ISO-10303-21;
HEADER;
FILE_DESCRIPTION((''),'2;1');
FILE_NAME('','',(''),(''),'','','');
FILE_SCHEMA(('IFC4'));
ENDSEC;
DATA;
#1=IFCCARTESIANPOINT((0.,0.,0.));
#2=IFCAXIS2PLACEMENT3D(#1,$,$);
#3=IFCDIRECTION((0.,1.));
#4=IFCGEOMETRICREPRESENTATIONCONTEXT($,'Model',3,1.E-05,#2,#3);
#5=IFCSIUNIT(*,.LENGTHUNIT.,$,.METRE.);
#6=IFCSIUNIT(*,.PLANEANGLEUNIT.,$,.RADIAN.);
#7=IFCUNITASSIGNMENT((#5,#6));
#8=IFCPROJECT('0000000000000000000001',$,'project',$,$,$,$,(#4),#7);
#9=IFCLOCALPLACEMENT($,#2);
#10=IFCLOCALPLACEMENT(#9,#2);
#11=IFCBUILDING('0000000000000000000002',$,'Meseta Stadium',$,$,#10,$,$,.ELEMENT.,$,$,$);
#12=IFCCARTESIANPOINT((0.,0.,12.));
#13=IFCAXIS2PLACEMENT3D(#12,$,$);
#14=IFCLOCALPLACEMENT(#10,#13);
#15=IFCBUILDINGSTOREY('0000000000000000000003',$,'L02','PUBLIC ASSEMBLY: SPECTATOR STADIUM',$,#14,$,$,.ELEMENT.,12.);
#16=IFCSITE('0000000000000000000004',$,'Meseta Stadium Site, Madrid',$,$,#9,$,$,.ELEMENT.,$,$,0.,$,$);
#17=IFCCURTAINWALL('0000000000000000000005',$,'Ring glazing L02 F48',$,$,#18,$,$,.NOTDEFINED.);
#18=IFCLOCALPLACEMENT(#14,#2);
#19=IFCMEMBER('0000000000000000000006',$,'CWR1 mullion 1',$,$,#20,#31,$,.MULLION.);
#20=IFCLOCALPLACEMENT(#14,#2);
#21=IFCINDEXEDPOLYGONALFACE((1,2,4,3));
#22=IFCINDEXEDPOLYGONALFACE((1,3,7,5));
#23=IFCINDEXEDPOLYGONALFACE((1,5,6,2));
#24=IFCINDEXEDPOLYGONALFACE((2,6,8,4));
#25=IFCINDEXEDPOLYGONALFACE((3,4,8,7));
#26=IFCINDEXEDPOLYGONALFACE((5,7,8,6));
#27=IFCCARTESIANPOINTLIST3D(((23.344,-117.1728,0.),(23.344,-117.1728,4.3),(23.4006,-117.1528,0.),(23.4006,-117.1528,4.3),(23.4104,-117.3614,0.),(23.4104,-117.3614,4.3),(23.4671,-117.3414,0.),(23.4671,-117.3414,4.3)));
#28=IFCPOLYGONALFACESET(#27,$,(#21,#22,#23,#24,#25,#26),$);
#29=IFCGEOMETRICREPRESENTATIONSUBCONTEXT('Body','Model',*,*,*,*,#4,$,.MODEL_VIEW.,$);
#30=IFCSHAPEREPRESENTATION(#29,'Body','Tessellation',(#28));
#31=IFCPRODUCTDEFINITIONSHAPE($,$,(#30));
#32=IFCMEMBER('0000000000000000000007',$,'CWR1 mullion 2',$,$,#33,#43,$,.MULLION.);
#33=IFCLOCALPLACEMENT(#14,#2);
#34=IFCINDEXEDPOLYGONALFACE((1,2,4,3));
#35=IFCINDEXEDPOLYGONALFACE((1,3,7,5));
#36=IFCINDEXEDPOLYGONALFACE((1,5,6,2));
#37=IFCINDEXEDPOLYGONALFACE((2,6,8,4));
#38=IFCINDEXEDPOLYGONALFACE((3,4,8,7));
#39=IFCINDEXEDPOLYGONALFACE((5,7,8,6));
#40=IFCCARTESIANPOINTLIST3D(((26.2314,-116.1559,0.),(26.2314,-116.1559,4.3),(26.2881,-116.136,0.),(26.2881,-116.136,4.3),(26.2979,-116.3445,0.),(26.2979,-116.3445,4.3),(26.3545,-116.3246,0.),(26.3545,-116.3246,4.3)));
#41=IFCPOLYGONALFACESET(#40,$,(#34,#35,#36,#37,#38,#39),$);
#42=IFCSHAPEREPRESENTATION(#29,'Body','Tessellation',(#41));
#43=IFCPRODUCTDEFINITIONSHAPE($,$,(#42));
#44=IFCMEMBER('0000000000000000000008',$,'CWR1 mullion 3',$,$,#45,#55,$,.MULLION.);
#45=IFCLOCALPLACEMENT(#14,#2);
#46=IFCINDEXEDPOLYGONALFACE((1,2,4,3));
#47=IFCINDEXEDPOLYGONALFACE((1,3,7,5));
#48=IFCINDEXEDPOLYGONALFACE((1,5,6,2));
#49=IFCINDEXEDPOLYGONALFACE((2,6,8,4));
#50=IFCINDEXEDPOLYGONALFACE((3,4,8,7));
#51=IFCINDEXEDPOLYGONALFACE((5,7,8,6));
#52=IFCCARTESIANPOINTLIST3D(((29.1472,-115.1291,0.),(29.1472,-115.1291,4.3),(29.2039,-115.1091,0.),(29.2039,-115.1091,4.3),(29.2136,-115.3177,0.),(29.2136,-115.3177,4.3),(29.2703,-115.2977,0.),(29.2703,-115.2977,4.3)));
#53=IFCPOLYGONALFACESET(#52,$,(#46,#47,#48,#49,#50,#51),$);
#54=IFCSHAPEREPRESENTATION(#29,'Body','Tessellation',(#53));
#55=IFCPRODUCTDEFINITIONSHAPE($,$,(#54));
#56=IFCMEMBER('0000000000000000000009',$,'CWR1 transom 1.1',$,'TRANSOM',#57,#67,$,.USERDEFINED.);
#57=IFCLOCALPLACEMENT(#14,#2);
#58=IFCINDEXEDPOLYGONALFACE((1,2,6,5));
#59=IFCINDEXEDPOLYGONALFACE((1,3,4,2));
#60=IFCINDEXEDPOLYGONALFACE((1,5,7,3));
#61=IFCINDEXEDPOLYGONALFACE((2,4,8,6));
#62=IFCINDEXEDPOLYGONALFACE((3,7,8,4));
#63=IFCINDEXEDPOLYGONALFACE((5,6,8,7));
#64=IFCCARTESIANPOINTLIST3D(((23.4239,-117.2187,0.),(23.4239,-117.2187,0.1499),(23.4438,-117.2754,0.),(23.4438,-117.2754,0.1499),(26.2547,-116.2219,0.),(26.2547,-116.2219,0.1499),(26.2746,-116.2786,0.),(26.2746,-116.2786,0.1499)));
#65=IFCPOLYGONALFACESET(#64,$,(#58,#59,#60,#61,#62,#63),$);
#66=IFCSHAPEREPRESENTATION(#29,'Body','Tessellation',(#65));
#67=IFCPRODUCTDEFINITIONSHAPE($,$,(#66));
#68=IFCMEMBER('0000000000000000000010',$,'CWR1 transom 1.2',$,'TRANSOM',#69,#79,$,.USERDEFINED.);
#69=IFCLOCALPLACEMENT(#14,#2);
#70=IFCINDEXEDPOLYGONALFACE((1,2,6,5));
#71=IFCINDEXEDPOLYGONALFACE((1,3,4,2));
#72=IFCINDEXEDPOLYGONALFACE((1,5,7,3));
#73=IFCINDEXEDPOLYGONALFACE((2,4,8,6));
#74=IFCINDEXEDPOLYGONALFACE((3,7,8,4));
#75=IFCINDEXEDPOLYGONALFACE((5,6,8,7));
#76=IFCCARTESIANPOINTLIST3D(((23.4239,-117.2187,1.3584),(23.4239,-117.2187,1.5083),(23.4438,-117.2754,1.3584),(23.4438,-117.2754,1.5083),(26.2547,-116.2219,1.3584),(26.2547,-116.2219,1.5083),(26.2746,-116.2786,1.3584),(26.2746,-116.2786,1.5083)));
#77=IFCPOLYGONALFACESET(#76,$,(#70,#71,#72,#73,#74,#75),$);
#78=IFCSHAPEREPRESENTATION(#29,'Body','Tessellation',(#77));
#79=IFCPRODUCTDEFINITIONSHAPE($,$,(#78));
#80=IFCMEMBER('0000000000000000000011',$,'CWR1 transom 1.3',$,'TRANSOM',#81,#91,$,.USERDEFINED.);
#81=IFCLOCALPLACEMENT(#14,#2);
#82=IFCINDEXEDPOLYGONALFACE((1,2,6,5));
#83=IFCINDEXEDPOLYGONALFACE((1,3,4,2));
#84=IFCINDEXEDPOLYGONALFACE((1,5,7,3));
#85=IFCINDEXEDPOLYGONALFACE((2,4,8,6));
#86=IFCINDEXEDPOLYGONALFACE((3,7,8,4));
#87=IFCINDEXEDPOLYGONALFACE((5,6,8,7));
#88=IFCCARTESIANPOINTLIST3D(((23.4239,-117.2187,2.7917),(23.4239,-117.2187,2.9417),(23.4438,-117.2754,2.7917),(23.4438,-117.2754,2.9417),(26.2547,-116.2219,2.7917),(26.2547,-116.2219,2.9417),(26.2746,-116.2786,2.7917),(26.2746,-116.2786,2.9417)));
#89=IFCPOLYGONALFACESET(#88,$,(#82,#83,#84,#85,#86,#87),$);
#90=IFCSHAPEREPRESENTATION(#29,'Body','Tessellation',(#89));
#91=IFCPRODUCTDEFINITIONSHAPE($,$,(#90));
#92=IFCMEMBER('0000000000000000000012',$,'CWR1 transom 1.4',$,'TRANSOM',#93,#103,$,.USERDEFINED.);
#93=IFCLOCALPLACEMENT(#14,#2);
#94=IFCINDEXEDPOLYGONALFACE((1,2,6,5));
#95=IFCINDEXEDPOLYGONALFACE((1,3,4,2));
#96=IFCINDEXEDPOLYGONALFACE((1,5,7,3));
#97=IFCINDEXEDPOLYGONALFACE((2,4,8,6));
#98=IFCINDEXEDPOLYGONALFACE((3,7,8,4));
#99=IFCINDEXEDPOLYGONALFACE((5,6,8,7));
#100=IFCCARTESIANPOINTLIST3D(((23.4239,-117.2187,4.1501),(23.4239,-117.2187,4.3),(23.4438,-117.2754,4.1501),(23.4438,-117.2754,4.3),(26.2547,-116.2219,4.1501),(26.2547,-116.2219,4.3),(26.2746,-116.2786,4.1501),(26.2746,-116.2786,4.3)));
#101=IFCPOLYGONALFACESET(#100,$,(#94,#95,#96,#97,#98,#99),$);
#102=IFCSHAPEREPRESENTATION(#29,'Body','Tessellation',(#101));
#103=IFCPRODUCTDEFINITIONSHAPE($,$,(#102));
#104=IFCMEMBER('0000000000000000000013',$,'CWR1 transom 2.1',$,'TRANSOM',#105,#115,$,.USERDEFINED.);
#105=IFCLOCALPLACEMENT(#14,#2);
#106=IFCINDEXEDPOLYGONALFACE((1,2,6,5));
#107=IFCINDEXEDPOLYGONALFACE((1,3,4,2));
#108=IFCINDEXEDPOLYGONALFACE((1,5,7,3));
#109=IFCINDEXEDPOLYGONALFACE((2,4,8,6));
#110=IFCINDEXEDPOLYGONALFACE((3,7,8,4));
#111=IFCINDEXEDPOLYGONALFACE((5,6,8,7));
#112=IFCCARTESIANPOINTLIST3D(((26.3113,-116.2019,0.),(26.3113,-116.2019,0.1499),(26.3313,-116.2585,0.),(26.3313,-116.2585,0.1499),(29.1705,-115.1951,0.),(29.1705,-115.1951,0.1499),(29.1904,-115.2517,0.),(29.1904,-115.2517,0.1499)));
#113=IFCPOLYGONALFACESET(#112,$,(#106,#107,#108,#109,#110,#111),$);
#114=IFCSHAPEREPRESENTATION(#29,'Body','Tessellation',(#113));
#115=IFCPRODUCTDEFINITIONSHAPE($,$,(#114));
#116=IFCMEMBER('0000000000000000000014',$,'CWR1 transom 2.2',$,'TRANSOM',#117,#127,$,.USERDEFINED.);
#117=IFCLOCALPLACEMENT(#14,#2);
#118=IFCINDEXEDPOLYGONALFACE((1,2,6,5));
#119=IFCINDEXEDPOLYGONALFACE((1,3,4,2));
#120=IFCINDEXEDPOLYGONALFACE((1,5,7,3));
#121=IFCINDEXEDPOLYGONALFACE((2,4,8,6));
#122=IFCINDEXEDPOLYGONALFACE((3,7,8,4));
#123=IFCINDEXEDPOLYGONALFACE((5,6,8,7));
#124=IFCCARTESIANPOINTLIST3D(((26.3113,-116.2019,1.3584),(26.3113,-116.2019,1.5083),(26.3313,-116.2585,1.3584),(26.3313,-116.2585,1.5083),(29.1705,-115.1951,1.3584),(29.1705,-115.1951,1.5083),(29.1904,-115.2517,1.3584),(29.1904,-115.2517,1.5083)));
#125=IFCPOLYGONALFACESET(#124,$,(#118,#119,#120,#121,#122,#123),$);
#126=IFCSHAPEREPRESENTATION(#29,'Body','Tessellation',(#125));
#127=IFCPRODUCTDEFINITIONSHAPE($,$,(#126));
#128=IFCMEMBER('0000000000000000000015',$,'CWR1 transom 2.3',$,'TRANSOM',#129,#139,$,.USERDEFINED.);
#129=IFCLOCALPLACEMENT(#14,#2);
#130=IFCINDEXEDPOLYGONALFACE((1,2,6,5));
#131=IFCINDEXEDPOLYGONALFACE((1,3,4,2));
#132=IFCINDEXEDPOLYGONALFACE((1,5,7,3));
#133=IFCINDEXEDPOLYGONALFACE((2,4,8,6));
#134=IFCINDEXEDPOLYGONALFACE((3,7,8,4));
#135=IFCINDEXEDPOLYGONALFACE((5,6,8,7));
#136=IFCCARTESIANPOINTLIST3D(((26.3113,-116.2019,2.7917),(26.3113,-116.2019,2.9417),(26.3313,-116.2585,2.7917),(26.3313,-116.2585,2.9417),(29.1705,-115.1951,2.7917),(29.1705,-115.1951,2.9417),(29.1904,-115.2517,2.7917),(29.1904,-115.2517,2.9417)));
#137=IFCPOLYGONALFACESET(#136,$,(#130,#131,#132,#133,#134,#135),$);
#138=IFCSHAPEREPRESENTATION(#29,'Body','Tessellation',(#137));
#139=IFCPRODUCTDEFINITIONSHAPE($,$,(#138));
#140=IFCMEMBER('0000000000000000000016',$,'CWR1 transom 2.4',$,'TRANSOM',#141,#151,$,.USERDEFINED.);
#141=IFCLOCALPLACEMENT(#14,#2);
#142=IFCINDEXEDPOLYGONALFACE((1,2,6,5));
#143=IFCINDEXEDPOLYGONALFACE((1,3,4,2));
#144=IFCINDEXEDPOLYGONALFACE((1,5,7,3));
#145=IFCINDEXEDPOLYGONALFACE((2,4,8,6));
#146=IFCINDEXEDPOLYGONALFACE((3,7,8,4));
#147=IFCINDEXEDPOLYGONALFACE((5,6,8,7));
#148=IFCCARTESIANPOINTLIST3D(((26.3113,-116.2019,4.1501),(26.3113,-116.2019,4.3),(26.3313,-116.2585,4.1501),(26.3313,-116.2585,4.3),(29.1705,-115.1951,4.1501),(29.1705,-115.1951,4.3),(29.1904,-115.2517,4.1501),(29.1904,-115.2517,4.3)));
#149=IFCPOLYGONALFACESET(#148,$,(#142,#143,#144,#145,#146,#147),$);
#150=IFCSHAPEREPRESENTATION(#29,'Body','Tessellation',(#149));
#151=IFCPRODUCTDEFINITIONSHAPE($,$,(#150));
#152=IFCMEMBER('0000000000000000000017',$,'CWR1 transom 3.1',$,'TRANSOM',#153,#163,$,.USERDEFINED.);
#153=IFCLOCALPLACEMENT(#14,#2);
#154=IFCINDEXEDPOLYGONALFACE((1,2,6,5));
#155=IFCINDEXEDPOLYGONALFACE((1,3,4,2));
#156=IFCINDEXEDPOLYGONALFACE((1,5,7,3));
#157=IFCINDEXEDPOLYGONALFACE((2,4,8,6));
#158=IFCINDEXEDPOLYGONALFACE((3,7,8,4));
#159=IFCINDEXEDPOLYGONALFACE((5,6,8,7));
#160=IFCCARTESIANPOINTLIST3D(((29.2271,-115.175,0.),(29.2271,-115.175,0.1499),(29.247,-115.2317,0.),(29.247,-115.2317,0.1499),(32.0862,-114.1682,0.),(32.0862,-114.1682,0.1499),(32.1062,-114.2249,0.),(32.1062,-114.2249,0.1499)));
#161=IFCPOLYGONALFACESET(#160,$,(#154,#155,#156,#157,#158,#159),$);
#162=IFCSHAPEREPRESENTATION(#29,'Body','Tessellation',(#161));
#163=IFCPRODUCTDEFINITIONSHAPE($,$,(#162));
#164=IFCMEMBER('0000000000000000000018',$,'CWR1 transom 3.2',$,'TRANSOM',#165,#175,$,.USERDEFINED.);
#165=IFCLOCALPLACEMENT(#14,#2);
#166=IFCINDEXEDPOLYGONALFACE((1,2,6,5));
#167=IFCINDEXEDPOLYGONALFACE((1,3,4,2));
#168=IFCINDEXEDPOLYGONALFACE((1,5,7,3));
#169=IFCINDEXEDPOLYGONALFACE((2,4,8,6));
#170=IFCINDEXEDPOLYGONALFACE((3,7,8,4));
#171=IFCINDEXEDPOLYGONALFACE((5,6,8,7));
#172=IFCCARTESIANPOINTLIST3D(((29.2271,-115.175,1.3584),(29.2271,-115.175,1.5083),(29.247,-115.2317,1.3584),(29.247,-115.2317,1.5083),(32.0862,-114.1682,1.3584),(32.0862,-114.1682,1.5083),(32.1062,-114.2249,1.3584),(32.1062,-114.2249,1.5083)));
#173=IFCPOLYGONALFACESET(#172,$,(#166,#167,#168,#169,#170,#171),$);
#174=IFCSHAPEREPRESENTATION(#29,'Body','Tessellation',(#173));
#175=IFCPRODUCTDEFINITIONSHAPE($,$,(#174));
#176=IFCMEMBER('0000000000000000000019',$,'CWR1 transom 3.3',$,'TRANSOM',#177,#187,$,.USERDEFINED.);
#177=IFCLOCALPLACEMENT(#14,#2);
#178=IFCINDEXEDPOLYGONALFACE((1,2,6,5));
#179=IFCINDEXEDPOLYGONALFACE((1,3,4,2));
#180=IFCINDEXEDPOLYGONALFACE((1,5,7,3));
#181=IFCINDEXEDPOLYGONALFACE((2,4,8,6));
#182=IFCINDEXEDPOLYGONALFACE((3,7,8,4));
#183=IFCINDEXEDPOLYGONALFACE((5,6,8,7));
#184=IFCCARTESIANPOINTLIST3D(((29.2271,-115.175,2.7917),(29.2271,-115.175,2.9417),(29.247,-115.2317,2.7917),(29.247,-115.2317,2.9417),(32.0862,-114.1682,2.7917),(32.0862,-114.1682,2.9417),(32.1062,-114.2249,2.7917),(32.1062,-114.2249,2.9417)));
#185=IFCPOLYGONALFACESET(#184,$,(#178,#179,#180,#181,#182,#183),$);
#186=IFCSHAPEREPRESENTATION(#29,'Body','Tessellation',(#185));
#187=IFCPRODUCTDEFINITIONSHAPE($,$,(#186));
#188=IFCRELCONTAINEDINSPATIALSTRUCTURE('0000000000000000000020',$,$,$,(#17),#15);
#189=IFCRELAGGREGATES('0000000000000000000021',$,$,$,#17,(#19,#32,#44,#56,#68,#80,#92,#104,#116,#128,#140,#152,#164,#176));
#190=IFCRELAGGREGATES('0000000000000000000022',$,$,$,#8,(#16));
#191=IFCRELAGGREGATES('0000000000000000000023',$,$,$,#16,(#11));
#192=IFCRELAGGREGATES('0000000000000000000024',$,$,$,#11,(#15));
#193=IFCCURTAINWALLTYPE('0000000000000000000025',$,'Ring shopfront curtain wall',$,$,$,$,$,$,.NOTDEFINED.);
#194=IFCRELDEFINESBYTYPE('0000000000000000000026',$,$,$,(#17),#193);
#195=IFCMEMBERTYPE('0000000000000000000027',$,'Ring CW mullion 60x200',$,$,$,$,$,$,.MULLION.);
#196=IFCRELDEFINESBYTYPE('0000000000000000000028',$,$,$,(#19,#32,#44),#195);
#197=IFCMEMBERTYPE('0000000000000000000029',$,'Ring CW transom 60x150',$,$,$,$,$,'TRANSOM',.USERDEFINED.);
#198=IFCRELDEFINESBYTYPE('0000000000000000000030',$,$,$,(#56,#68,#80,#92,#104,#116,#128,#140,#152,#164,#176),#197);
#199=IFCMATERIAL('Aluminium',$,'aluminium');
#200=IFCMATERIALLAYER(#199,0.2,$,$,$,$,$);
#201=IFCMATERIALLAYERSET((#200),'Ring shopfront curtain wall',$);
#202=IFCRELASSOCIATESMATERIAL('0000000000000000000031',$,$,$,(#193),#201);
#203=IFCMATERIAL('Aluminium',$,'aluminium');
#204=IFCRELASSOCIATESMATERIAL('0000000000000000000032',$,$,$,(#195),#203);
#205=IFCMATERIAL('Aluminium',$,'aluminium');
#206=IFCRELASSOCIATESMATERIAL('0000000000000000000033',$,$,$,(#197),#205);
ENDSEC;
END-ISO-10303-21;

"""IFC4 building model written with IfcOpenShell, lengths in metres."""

from ifc_helpers import new_model, si_unit, direction, frame, origin, origin_2d, place, context, subcontext, project, spatial, rectangle, extrude, material, layer, layer_set, material_profile, profile_set, type_object, element, aggregate, save


model = new_model("IFC4")

# Units and contexts
model_context = context("Model", 3, precision=1e-05, world=origin(), true_north=direction((0.0, 1.0)))
body_context = subcontext(model_context, "Body", "Model", "MODEL_VIEW")
ifc_project = project(units=[si_unit("LENGTHUNIT", "METRE"), si_unit("PLANEANGLEUNIT", "RADIAN")], contexts=[model_context])

# Site, building, storey
site_placement = place(None, origin())
site = spatial("IfcSite", under=ifc_project, at=site_placement, Name="Meseta Stadium Site, Madrid", CompositionType="ELEMENT", RefElevation=0.0)
building_placement = place(site_placement, origin())
building = spatial("IfcBuilding", under=site, at=building_placement, Name="Meseta Stadium", CompositionType="ELEMENT")
storey_placement = place(building_placement, frame((0.0, 0.0, 12.0)))
storey = spatial("IfcBuildingStorey", under=building, at=storey_placement, Name="L02", Description="PUBLIC ASSEMBLY: SPECTATOR STADIUM", CompositionType="ELEMENT", Elevation=12.0)

# Curtain wall, members
ifc_material_1 = material(Name="Aluminium", Category="aluminium")
ifc_layer_1 = layer(ifc_material_1, 0.2)
ifc_layer_set_1 = layer_set([ifc_layer_1], Name="Ring shopfront curtain wall")
curtain_wall_type = type_object("IfcCurtainWallType", Name="Ring shopfront curtain wall", PredefinedType="NOTDEFINED", material=ifc_layer_set_1)
curtain_wall_placement = place(storey_placement, origin())
curtain_wall = element("IfcCurtainWall", 1, at=curtain_wall_placement, inside=storey, type_object=curtain_wall_type, Name="Ring glazing L02 F48", PredefinedType="NOTDEFINED")
ifc_material_2 = material(Name="Aluminium", Category="aluminium")
ifc_material_profile_1 = material_profile(ifc_material_2, rectangle(XDim=0.2, YDim=0.0601, at=origin_2d()), Name="CW 200x60")
ifc_profile_set_1 = profile_set([ifc_material_profile_1], Name="Aluminium")
member_type_1 = type_object("IfcMemberType", Name="Ring CW mullion 60x200", PredefinedType="MULLION", material=ifc_profile_set_1)
member_1_placement = place(storey_placement, frame((23.4055, -117.2571, 0.0), z_axis=(0.0, 0.0, 1.0), x_axis=(-0.332174, 0.943218, 0.0)))
member_1 = element("IfcMember", 2, at=member_1_placement, type_object=member_type_1, Name="CWR1 mullion 1", PredefinedType="MULLION", context=body_context, shape_type="SweptSolid", body=[
    extrude(rectangle(XDim=0.2, YDim=0.0601, at=origin_2d()), origin(), (0.0, 0.0, 1.0), 4.3),
])
member_2_placement = place(storey_placement, frame((26.293, -116.2402, 0.0), z_axis=(0.0, 0.0, 1.0), x_axis=(-0.332174, 0.943218, 0.0)))
member_2 = element("IfcMember", 3, at=member_2_placement, type_object=member_type_1, Name="CWR1 mullion 2", PredefinedType="MULLION", context=body_context, shape_type="SweptSolid", body=[
    extrude(rectangle(XDim=0.2, YDim=0.0601, at=origin_2d()), origin(), (0.0, 0.0, 1.0), 4.3),
])
member_3_placement = place(storey_placement, frame((29.2087, -115.2134, 0.0), z_axis=(0.0, 0.0, 1.0), x_axis=(-0.332174, 0.943218, 0.0)))
member_3 = element("IfcMember", 4, at=member_3_placement, type_object=member_type_1, Name="CWR1 mullion 3", PredefinedType="MULLION", context=body_context, shape_type="SweptSolid", body=[
    extrude(rectangle(XDim=0.2, YDim=0.0601, at=origin_2d()), origin(), (0.0, 0.0, 1.0), 4.3),
])
ifc_material_3 = material(Name="Aluminium", Category="aluminium")
ifc_material_profile_2 = material_profile(ifc_material_3, rectangle(XDim=0.0601, YDim=0.1499, at=origin_2d()), Name="CW 60x150")
ifc_profile_set_2 = profile_set([ifc_material_profile_2], Name="Aluminium")
member_type_2 = type_object("IfcMemberType", Name="Ring CW transom 60x150", ElementType="TRANSOM", PredefinedType="USERDEFINED", material=ifc_profile_set_2)
member_4_placement = place(storey_placement, frame((23.4338, -117.2471, 0.075), z_axis=(0.943229, 0.332143, 0.0), x_axis=(-0.332143, 0.943229, 0.0)))
member_4 = element("IfcMember", 5, at=member_4_placement, type_object=member_type_2, Name="CWR1 transom 1.1", ObjectType="TRANSOM", PredefinedType="USERDEFINED", context=body_context, shape_type="SweptSolid", body=[
    extrude(rectangle(XDim=0.0601, YDim=0.1499, at=origin_2d()), origin(), (0.0, 0.0, 1.0), 3.0012),
])
member_5_placement = place(storey_placement, frame((23.4338, -117.2471, 1.4333), z_axis=(0.943229, 0.332143, 0.0), x_axis=(-0.332143, 0.943229, 0.0)))
member_5 = element("IfcMember", 6, at=member_5_placement, type_object=member_type_2, Name="CWR1 transom 1.2", ObjectType="TRANSOM", PredefinedType="USERDEFINED", context=body_context, shape_type="SweptSolid", body=[
    extrude(rectangle(XDim=0.0601, YDim=0.1499, at=origin_2d()), origin(), (0.0, 0.0, 1.0), 3.0012),
])
member_6_placement = place(storey_placement, frame((23.4338, -117.2471, 2.8667), z_axis=(0.943229, 0.332143, 0.0), x_axis=(-0.332143, 0.943229, 0.0)))
member_6 = element("IfcMember", 7, at=member_6_placement, type_object=member_type_2, Name="CWR1 transom 1.3", ObjectType="TRANSOM", PredefinedType="USERDEFINED", context=body_context, shape_type="SweptSolid", body=[
    extrude(rectangle(XDim=0.0601, YDim=0.1499, at=origin_2d()), origin(), (0.0, 0.0, 1.0), 3.0012),
])
member_7_placement = place(storey_placement, frame((23.4338, -117.2471, 4.2251), z_axis=(0.943229, 0.332143, 0.0), x_axis=(-0.332143, 0.943229, 0.0)))
member_7 = element("IfcMember", 8, at=member_7_placement, type_object=member_type_2, Name="CWR1 transom 1.4", ObjectType="TRANSOM", PredefinedType="USERDEFINED", context=body_context, shape_type="SweptSolid", body=[
    extrude(rectangle(XDim=0.0601, YDim=0.1499, at=origin_2d()), origin(), (0.0, 0.0, 1.0), 3.0012),
])
member_8_placement = place(storey_placement, frame((26.3213, -116.2302, 0.075), z_axis=(0.943225, 0.332154, 0.0), x_axis=(-0.332154, 0.943225, 0.0)))
member_8 = element("IfcMember", 9, at=member_8_placement, type_object=member_type_2, Name="CWR1 transom 2.1", ObjectType="TRANSOM", PredefinedType="USERDEFINED", context=body_context, shape_type="SweptSolid", body=[
    extrude(rectangle(XDim=0.0601, YDim=0.1499, at=origin_2d()), origin(), (0.0, 0.0, 1.0), 3.0312),
])
member_9_placement = place(storey_placement, frame((26.3213, -116.2302, 1.4333), z_axis=(0.943225, 0.332154, 0.0), x_axis=(-0.332154, 0.943225, 0.0)))
member_9 = element("IfcMember", 10, at=member_9_placement, type_object=member_type_2, Name="CWR1 transom 2.2", ObjectType="TRANSOM", PredefinedType="USERDEFINED", context=body_context, shape_type="SweptSolid", body=[
    extrude(rectangle(XDim=0.0601, YDim=0.1499, at=origin_2d()), origin(), (0.0, 0.0, 1.0), 3.0312),
])
member_10_placement = place(storey_placement, frame((26.3213, -116.2302, 2.8667), z_axis=(0.943225, 0.332154, 0.0), x_axis=(-0.332154, 0.943225, 0.0)))
member_10 = element("IfcMember", 11, at=member_10_placement, type_object=member_type_2, Name="CWR1 transom 2.3", ObjectType="TRANSOM", PredefinedType="USERDEFINED", context=body_context, shape_type="SweptSolid", body=[
    extrude(rectangle(XDim=0.0601, YDim=0.1499, at=origin_2d()), origin(), (0.0, 0.0, 1.0), 3.0312),
])
member_11_placement = place(storey_placement, frame((26.3213, -116.2302, 4.2251), z_axis=(0.943225, 0.332154, 0.0), x_axis=(-0.332154, 0.943225, 0.0)))
member_11 = element("IfcMember", 12, at=member_11_placement, type_object=member_type_2, Name="CWR1 transom 2.4", ObjectType="TRANSOM", PredefinedType="USERDEFINED", context=body_context, shape_type="SweptSolid", body=[
    extrude(rectangle(XDim=0.0601, YDim=0.1499, at=origin_2d()), origin(), (0.0, 0.0, 1.0), 3.0312),
])
member_12_placement = place(storey_placement, frame((29.2371, -115.2034, 0.075), z_axis=(0.943225, 0.332154, 0.0), x_axis=(-0.332154, 0.943225, 0.0)))
member_12 = element("IfcMember", 13, at=member_12_placement, type_object=member_type_2, Name="CWR1 transom 3.1", ObjectType="TRANSOM", PredefinedType="USERDEFINED", context=body_context, shape_type="SweptSolid", body=[
    extrude(rectangle(XDim=0.0601, YDim=0.1499, at=origin_2d()), origin(), (0.0, 0.0, 1.0), 3.0312),
])
member_13_placement = place(storey_placement, frame((29.2371, -115.2034, 1.4333), z_axis=(0.943225, 0.332154, 0.0), x_axis=(-0.332154, 0.943225, 0.0)))
member_13 = element("IfcMember", 14, at=member_13_placement, type_object=member_type_2, Name="CWR1 transom 3.2", ObjectType="TRANSOM", PredefinedType="USERDEFINED", context=body_context, shape_type="SweptSolid", body=[
    extrude(rectangle(XDim=0.0601, YDim=0.1499, at=origin_2d()), origin(), (0.0, 0.0, 1.0), 3.0312),
])
member_14_placement = place(storey_placement, frame((29.2371, -115.2034, 2.8667), z_axis=(0.943225, 0.332154, 0.0), x_axis=(-0.332154, 0.943225, 0.0)))
member_14 = element("IfcMember", 15, at=member_14_placement, type_object=member_type_2, Name="CWR1 transom 3.3", ObjectType="TRANSOM", PredefinedType="USERDEFINED", context=body_context, shape_type="SweptSolid", body=[
    extrude(rectangle(XDim=0.0601, YDim=0.1499, at=origin_2d()), origin(), (0.0, 0.0, 1.0), 3.0312),
])
aggregate(curtain_wall, [member_1, member_2, member_3, member_4, member_5, member_6, member_7, member_8, member_9, member_10, member_11, member_12, member_13, member_14])

save(model, "model.ifc")
